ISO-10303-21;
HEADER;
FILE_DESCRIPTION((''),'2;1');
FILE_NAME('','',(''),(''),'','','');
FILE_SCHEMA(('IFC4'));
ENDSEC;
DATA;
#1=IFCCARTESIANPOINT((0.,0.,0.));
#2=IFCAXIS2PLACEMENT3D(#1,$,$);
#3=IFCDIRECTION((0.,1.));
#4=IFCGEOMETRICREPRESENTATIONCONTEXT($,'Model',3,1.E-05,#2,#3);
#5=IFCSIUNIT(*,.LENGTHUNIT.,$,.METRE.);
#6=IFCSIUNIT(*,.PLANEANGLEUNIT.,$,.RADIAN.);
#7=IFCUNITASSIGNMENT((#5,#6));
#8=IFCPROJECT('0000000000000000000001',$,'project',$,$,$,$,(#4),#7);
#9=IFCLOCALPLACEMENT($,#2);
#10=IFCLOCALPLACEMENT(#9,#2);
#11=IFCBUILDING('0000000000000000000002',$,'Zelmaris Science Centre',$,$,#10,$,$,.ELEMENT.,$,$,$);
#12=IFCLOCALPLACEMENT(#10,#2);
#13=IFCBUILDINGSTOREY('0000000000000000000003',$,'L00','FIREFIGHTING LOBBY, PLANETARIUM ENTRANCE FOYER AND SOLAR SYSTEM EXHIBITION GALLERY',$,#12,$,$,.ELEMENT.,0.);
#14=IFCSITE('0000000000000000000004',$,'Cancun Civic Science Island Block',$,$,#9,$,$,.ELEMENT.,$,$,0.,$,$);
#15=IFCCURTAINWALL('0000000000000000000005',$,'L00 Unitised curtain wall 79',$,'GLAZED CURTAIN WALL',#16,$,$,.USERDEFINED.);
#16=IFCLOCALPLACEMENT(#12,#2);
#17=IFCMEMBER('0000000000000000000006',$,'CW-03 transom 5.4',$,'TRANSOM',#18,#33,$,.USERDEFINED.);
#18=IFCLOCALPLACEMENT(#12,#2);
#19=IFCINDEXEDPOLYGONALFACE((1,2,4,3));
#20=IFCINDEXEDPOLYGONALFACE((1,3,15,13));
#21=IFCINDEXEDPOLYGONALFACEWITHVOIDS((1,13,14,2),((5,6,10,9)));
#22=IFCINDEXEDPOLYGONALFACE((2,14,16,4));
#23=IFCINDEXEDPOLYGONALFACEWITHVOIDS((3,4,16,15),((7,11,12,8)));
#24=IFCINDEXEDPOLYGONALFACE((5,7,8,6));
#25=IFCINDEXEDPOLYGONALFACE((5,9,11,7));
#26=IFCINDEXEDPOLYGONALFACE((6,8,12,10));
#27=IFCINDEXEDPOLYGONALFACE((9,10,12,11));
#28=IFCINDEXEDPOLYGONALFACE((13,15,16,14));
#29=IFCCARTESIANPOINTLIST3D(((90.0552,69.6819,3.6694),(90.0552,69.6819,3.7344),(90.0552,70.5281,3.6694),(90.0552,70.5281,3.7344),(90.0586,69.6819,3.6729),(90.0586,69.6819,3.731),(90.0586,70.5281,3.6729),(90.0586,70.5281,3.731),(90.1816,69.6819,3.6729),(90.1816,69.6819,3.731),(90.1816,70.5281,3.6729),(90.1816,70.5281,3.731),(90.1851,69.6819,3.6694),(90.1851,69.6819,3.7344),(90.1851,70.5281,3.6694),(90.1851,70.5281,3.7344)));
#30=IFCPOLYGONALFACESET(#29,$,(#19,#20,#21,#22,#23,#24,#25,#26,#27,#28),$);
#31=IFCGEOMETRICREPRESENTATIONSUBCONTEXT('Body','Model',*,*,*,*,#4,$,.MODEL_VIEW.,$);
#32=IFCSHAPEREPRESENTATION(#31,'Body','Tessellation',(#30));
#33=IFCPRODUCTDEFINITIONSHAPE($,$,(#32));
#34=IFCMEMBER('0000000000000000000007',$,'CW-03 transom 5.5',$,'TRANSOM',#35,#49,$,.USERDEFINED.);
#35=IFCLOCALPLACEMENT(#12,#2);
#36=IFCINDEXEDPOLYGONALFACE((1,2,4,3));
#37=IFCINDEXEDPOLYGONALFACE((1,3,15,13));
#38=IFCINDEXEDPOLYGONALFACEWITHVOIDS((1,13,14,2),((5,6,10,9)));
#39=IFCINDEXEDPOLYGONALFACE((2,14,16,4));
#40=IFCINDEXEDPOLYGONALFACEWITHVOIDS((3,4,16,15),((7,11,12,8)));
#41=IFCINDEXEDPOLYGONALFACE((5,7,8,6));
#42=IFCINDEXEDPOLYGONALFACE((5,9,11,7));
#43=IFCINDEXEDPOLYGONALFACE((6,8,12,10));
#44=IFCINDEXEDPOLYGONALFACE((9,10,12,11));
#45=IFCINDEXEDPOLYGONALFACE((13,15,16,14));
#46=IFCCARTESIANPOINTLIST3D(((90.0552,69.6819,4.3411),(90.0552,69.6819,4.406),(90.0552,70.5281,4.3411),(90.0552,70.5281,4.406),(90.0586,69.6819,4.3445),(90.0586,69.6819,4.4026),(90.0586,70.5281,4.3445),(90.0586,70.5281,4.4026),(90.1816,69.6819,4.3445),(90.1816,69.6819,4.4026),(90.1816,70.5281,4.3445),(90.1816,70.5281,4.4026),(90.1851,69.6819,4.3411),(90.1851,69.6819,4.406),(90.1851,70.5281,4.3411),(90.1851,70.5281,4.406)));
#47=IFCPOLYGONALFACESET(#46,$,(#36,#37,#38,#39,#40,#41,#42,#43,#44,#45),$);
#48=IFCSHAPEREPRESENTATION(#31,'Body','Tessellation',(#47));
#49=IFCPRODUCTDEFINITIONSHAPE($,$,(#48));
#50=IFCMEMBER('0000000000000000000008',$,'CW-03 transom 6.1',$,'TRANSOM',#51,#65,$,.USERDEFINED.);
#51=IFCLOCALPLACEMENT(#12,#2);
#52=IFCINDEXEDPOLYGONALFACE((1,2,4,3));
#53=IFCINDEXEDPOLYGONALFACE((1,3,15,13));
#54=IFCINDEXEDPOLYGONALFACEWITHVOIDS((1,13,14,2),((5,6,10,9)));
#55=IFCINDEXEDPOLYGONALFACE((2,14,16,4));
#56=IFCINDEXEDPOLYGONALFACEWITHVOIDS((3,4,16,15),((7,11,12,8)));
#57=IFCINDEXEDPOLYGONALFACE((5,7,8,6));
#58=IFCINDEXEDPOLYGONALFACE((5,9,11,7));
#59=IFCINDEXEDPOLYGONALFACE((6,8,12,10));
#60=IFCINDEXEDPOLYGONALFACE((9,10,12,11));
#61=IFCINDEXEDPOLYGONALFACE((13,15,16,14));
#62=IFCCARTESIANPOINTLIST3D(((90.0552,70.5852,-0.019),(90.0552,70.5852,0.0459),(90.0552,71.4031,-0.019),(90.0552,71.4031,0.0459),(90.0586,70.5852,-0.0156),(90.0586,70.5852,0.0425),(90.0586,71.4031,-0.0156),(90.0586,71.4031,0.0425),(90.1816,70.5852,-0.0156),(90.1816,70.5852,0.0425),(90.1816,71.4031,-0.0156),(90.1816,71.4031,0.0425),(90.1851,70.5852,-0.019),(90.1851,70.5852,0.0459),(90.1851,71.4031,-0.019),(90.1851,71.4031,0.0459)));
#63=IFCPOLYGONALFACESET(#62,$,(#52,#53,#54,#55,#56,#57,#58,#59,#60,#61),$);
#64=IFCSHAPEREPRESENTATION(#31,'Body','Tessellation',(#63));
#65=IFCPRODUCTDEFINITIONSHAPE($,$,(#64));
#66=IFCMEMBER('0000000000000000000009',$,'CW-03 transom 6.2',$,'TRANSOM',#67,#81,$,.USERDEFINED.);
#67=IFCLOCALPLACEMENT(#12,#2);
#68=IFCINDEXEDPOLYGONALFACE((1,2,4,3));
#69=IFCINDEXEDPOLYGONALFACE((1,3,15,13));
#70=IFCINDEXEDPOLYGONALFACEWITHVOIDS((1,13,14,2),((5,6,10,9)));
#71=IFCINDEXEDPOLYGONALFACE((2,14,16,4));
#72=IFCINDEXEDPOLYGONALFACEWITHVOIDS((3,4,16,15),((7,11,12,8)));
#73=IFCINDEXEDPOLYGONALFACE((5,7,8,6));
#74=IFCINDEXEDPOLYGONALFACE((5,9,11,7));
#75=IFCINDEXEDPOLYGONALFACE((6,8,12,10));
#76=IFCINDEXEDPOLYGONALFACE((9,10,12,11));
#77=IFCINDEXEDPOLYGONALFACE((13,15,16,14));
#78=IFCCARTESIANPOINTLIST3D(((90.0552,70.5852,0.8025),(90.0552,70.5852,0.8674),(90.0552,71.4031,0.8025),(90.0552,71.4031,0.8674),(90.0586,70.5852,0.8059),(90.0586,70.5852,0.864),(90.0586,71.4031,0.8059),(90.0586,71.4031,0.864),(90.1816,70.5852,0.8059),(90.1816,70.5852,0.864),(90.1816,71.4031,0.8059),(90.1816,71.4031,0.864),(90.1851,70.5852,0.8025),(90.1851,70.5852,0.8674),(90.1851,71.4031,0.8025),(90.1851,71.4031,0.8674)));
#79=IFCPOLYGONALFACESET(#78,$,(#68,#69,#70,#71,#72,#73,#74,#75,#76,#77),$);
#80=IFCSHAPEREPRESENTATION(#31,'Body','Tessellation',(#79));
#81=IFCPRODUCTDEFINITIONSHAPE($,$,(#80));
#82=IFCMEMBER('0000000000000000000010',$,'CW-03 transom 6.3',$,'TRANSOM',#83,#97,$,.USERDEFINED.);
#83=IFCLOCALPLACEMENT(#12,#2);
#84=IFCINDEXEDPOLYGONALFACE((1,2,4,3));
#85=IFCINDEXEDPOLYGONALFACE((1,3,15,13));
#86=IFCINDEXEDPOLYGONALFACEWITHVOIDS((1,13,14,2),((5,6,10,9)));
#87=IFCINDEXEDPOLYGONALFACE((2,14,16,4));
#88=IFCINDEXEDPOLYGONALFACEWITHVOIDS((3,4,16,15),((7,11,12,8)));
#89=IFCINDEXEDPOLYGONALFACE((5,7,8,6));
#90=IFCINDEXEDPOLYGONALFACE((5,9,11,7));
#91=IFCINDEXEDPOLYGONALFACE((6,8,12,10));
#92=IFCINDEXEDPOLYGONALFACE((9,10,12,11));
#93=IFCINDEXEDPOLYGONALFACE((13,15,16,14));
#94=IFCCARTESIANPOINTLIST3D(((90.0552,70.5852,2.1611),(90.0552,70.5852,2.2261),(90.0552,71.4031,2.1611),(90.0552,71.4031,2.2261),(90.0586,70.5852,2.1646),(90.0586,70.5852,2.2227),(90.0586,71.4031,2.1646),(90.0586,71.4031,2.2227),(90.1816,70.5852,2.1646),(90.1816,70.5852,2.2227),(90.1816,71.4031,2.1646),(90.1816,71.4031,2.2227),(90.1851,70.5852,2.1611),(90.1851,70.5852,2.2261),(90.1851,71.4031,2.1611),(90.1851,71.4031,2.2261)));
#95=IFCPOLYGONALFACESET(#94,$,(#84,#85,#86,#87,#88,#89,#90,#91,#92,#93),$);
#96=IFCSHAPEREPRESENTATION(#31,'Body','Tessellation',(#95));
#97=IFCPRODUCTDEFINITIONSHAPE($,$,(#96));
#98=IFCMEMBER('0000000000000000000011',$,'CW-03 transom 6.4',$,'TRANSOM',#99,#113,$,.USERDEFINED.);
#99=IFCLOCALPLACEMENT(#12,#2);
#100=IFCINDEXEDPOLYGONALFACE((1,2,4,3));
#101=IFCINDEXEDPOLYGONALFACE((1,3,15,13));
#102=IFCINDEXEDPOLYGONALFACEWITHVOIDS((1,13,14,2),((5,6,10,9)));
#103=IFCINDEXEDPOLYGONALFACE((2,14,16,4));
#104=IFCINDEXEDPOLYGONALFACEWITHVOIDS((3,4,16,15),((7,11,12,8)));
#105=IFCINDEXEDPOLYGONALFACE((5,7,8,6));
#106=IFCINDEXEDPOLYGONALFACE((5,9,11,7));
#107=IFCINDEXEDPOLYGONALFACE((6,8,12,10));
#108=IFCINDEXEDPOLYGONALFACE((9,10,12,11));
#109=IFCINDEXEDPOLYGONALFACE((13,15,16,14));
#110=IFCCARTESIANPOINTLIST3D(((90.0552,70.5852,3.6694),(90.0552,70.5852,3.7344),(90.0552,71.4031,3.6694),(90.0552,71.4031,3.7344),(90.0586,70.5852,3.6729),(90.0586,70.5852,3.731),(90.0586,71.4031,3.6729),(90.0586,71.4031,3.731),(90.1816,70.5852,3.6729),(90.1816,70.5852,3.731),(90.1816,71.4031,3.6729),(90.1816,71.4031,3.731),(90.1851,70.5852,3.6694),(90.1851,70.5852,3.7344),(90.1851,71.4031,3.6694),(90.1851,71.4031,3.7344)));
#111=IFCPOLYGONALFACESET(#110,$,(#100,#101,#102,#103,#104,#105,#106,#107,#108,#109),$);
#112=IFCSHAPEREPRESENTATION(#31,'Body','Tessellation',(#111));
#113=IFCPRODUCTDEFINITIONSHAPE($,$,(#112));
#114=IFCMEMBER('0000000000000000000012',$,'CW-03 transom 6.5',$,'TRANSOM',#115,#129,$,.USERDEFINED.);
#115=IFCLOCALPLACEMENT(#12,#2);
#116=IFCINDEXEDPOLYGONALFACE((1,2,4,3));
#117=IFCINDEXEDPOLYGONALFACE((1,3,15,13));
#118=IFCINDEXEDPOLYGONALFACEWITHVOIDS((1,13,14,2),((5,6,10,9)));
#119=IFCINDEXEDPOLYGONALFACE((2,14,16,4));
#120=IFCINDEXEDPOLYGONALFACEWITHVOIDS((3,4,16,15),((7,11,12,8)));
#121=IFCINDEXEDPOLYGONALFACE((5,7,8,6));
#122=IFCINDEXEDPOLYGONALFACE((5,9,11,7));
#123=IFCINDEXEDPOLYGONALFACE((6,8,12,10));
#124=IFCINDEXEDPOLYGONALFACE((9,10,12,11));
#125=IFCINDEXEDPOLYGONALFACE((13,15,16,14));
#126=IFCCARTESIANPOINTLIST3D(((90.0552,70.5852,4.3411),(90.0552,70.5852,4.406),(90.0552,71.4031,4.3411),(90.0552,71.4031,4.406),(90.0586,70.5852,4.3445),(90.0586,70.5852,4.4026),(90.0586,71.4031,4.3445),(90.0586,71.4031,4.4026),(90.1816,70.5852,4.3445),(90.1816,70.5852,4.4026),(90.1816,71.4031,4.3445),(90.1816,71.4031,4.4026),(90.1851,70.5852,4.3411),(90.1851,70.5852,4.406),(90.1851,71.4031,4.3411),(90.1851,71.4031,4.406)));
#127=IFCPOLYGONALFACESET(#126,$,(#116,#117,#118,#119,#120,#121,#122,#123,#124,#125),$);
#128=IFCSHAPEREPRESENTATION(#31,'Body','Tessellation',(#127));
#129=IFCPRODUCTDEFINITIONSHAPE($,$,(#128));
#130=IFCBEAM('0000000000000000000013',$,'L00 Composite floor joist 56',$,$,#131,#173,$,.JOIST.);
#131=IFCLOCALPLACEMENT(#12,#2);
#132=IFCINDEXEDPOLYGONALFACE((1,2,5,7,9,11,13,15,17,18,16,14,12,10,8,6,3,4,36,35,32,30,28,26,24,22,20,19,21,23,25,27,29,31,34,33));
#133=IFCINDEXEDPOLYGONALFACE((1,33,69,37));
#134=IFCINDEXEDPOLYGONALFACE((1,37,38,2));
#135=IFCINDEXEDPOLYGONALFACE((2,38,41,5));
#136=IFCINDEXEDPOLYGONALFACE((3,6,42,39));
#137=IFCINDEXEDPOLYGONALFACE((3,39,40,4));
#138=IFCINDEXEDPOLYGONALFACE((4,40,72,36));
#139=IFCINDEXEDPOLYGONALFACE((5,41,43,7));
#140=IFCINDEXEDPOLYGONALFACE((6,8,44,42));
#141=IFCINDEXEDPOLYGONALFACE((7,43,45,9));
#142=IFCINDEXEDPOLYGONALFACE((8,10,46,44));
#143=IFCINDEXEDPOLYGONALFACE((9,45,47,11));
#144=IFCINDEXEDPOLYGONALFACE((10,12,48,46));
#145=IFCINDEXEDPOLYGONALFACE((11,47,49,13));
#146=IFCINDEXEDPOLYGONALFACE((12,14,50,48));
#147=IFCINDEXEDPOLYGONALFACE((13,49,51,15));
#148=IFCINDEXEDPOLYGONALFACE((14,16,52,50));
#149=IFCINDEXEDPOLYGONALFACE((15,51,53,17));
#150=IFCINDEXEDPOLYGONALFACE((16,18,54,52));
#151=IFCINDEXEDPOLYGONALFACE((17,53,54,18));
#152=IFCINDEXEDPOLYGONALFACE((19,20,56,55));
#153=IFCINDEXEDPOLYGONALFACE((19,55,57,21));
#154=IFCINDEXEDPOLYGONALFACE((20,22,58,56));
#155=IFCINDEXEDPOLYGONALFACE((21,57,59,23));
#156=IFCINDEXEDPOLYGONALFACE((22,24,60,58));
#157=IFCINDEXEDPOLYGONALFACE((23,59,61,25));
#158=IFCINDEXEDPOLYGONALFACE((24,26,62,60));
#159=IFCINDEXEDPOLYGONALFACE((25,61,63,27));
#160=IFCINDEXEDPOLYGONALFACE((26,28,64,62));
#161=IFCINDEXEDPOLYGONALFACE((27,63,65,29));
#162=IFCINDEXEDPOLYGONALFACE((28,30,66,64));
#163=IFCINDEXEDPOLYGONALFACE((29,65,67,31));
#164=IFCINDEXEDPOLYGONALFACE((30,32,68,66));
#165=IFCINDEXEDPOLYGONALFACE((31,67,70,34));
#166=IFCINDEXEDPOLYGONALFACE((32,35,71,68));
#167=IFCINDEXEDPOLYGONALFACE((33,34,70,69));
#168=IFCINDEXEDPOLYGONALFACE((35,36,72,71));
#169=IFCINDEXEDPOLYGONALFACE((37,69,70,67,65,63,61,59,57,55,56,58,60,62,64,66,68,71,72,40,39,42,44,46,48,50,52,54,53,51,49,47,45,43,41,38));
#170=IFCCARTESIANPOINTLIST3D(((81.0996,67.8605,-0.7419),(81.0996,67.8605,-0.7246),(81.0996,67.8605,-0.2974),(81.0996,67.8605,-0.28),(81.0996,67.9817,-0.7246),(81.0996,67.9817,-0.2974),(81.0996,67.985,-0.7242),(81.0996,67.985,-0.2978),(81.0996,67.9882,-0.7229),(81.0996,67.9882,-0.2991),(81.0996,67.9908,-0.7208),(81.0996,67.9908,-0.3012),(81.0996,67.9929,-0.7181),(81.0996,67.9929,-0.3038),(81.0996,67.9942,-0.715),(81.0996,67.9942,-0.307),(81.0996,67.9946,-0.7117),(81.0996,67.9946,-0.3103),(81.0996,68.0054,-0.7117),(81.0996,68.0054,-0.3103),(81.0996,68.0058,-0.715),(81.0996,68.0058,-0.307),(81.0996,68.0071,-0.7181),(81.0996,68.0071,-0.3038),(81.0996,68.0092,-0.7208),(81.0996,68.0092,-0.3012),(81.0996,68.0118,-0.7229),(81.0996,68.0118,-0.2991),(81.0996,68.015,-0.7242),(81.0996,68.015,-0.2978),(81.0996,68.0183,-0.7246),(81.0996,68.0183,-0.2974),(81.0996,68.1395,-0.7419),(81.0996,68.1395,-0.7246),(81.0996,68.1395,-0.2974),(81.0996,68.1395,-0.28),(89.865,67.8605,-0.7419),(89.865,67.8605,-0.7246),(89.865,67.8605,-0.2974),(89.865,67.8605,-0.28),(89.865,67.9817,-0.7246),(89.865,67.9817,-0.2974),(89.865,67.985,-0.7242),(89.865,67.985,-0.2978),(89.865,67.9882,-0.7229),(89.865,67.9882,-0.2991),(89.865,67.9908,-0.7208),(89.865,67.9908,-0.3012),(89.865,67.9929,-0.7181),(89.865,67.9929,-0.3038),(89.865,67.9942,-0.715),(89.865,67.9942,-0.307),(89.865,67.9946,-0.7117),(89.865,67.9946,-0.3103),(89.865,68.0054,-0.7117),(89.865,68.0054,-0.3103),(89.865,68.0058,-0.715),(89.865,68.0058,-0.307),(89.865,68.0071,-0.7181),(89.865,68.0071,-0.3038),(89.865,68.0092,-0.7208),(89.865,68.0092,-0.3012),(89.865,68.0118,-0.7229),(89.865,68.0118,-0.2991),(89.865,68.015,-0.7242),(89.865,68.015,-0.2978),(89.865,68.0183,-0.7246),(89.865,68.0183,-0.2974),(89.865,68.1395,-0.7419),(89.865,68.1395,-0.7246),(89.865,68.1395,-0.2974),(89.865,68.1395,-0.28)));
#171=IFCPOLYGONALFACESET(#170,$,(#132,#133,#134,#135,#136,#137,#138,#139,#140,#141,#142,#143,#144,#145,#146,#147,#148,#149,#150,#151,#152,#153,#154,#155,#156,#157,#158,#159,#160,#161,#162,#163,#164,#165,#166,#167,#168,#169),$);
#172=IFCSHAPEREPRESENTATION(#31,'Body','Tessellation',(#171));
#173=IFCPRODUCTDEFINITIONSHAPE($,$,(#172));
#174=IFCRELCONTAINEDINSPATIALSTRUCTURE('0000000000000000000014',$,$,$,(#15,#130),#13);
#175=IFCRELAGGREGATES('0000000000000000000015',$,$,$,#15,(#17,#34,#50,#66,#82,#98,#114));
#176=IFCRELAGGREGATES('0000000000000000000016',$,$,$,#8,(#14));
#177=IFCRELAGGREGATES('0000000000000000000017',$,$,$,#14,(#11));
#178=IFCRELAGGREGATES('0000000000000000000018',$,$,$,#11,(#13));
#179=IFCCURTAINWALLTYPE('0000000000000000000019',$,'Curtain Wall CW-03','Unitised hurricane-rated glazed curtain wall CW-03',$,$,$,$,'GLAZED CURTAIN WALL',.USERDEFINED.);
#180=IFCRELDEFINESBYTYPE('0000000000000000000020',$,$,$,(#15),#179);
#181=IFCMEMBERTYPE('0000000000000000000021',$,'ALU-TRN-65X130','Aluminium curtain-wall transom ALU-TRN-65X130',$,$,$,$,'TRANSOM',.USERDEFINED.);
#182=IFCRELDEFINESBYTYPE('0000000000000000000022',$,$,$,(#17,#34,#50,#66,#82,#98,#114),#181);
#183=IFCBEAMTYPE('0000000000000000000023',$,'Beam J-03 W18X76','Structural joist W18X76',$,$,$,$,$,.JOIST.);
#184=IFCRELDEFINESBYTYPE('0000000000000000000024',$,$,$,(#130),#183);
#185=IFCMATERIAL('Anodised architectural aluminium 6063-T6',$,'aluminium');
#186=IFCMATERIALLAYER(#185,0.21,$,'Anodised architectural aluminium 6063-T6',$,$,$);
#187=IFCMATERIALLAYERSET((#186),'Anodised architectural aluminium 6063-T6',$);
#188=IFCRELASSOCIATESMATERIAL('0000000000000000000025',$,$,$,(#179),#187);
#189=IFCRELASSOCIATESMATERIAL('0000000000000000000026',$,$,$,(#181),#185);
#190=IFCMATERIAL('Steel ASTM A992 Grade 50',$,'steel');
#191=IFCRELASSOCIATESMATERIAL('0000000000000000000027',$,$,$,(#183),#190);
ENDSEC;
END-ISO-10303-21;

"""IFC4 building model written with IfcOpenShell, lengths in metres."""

from ifc_helpers import new_model, si_unit, direction, frame, origin, origin_2d, place, context, subcontext, project, spatial, hollow_rectangle, i_section, extrude, material, layer, layer_set, material_profile, profile_set, type_object, element, aggregate, save


model = new_model("IFC4")

# Units and contexts
model_context = context("Model", 3, precision=1e-05, world=origin(), true_north=direction((0.0, 1.0)))
body_context = subcontext(model_context, "Body", "Model", "MODEL_VIEW")
ifc_project = project(units=[si_unit("LENGTHUNIT", "METRE"), si_unit("PLANEANGLEUNIT", "RADIAN")], contexts=[model_context])

# Site, building, storey
site_placement = place(None, origin())
site = spatial("IfcSite", under=ifc_project, at=site_placement, Name="Cancun Civic Science Island Block", CompositionType="ELEMENT", RefElevation=0.0)
building_placement = place(site_placement, origin())
building = spatial("IfcBuilding", under=site, at=building_placement, Name="Zelmaris Science Centre", CompositionType="ELEMENT")
storey_placement = place(building_placement, origin())
storey = spatial("IfcBuildingStorey", under=building, at=storey_placement, Name="L00", Description="FIREFIGHTING LOBBY, PLANETARIUM ENTRANCE FOYER AND SOLAR SYSTEM EXHIBITION GALLERY", CompositionType="ELEMENT", Elevation=0.0)

# Curtain wall, members
ifc_material_1 = material(Name="Anodised architectural aluminium 6063-T6", Category="aluminium")
ifc_layer_1 = layer(ifc_material_1, 0.21, Name="Anodised architectural aluminium 6063-T6")
ifc_layer_set_1 = layer_set([ifc_layer_1], Name="Anodised architectural aluminium 6063-T6")
curtain_wall_type = type_object("IfcCurtainWallType", Name="Curtain Wall CW-03", Description="Unitised hurricane-rated glazed curtain wall CW-03", ElementType="GLAZED CURTAIN WALL", PredefinedType="USERDEFINED", material=ifc_layer_set_1)
curtain_wall_placement = place(storey_placement, origin())
curtain_wall = element("IfcCurtainWall", 1, at=curtain_wall_placement, inside=storey, type_object=curtain_wall_type, Name="L00 Unitised curtain wall 79", ObjectType="GLAZED CURTAIN WALL", PredefinedType="USERDEFINED")
ifc_material_profile_1 = material_profile(ifc_material_1, hollow_rectangle(XDim=0.0649, YDim=0.1299, WallThickness=0.0034, at=origin_2d()), Name="ALU-TRN-65X130")
ifc_profile_set_1 = profile_set([ifc_material_profile_1], Name="Anodised architectural aluminium 6063-T6")
member_type_1 = type_object("IfcMemberType", Name="ALU-TRN-65X130", Description="Aluminium curtain-wall transom ALU-TRN-65X130", ElementType="TRANSOM", PredefinedType="USERDEFINED", material=ifc_profile_set_1)
member_1_placement = place(storey_placement, frame((90.1201, 69.6819, 3.7019), z_axis=(0.0, 1.0, 0.0), x_axis=(0.0, 0.0, 1.0)))
member_1 = element("IfcMember", 2, at=member_1_placement, type_object=member_type_1, Name="CW-03 transom 5.4", ObjectType="TRANSOM", PredefinedType="USERDEFINED", context=body_context, shape_type="SweptSolid", body=[
    extrude(hollow_rectangle(XDim=0.0649, YDim=0.1299, WallThickness=0.0034, at=origin_2d()), origin(), (0.0, 0.0, 1.0), 0.8462),
])
member_2_placement = place(storey_placement, frame((90.1201, 69.6819, 4.3735), z_axis=(0.0, 1.0, 0.0), x_axis=(0.0, 0.0, 1.0)))
member_2 = element("IfcMember", 3, at=member_2_placement, type_object=member_type_1, Name="CW-03 transom 5.5", ObjectType="TRANSOM", PredefinedType="USERDEFINED", context=body_context, shape_type="SweptSolid", body=[
    extrude(hollow_rectangle(XDim=0.0649, YDim=0.1299, WallThickness=0.0034, at=origin_2d()), origin(), (0.0, 0.0, 1.0), 0.8462),
])
member_3_placement = place(storey_placement, frame((90.1201, 70.5852, 0.0134), z_axis=(0.0, 1.0, 0.0), x_axis=(0.0, 0.0, 1.0)))
member_3 = element("IfcMember", 4, at=member_3_placement, type_object=member_type_1, Name="CW-03 transom 6.1", ObjectType="TRANSOM", PredefinedType="USERDEFINED", context=body_context, shape_type="SweptSolid", body=[
    extrude(hollow_rectangle(XDim=0.0649, YDim=0.1299, WallThickness=0.0034, at=origin_2d()), origin(), (0.0, 0.0, 1.0), 0.8179),
])
member_4_placement = place(storey_placement, frame((90.1201, 70.5852, 0.835), z_axis=(0.0, 1.0, 0.0), x_axis=(0.0, 0.0, 1.0)))
member_4 = element("IfcMember", 5, at=member_4_placement, type_object=member_type_1, Name="CW-03 transom 6.2", ObjectType="TRANSOM", PredefinedType="USERDEFINED", context=body_context, shape_type="SweptSolid", body=[
    extrude(hollow_rectangle(XDim=0.0649, YDim=0.1299, WallThickness=0.0034, at=origin_2d()), origin(), (0.0, 0.0, 1.0), 0.8179),
])
member_5_placement = place(storey_placement, frame((90.1201, 70.5852, 2.1936), z_axis=(0.0, 1.0, 0.0), x_axis=(0.0, 0.0, 1.0)))
member_5 = element("IfcMember", 6, at=member_5_placement, type_object=member_type_1, Name="CW-03 transom 6.3", ObjectType="TRANSOM", PredefinedType="USERDEFINED", context=body_context, shape_type="SweptSolid", body=[
    extrude(hollow_rectangle(XDim=0.0649, YDim=0.1299, WallThickness=0.0034, at=origin_2d()), origin(), (0.0, 0.0, 1.0), 0.8179),
])
member_6_placement = place(storey_placement, frame((90.1201, 70.5852, 3.7019), z_axis=(0.0, 1.0, 0.0), x_axis=(0.0, 0.0, 1.0)))
member_6 = element("IfcMember", 7, at=member_6_placement, type_object=member_type_1, Name="CW-03 transom 6.4", ObjectType="TRANSOM", PredefinedType="USERDEFINED", context=body_context, shape_type="SweptSolid", body=[
    extrude(hollow_rectangle(XDim=0.0649, YDim=0.1299, WallThickness=0.0034, at=origin_2d()), origin(), (0.0, 0.0, 1.0), 0.8179),
])
member_7_placement = place(storey_placement, frame((90.1201, 70.5852, 4.3735), z_axis=(0.0, 1.0, 0.0), x_axis=(0.0, 0.0, 1.0)))
member_7 = element("IfcMember", 8, at=member_7_placement, type_object=member_type_1, Name="CW-03 transom 6.5", ObjectType="TRANSOM", PredefinedType="USERDEFINED", context=body_context, shape_type="SweptSolid", body=[
    extrude(hollow_rectangle(XDim=0.0649, YDim=0.1299, WallThickness=0.0034, at=origin_2d()), origin(), (0.0, 0.0, 1.0), 0.8179),
])

# Beam
ifc_material_2 = material(Name="Steel ASTM A992 Grade 50", Category="steel")
ifc_material_profile_2 = material_profile(ifc_material_2, i_section(OverallWidth=0.2791, OverallDepth=0.4619, WebThickness=0.0107, FlangeThickness=0.0173, FilletRadius=0.0129, at=origin_2d()), Name="W18X76")
ifc_profile_set_2 = profile_set([ifc_material_profile_2], Name="Steel ASTM A992 Grade 50")
beam_type_1 = type_object("IfcBeamType", Name="Beam J-03 W18X76", Description="Structural joist W18X76", PredefinedType="JOIST", material=ifc_profile_set_2)
beam_1_placement = place(storey_placement, frame((81.0996, 68.0, -0.511), z_axis=(1.0, 0.0, 0.0), x_axis=(0.0, 1.0, 0.0)))
element("IfcBeam", 9, at=beam_1_placement, inside=storey, type_object=beam_type_1, Name="L00 Composite floor joist 56", PredefinedType="JOIST", context=body_context, shape_type="SweptSolid", body=[
    extrude(i_section(OverallWidth=0.2791, OverallDepth=0.4619, WebThickness=0.0107, FlangeThickness=0.0173, FilletRadius=0.0129, at=origin_2d()), origin(), (0.0, 0.0, 1.0), 8.7654),
])

aggregate(curtain_wall, [member_1, member_2, member_3, member_4, member_5, member_6, member_7])

save(model, "model.ifc")
